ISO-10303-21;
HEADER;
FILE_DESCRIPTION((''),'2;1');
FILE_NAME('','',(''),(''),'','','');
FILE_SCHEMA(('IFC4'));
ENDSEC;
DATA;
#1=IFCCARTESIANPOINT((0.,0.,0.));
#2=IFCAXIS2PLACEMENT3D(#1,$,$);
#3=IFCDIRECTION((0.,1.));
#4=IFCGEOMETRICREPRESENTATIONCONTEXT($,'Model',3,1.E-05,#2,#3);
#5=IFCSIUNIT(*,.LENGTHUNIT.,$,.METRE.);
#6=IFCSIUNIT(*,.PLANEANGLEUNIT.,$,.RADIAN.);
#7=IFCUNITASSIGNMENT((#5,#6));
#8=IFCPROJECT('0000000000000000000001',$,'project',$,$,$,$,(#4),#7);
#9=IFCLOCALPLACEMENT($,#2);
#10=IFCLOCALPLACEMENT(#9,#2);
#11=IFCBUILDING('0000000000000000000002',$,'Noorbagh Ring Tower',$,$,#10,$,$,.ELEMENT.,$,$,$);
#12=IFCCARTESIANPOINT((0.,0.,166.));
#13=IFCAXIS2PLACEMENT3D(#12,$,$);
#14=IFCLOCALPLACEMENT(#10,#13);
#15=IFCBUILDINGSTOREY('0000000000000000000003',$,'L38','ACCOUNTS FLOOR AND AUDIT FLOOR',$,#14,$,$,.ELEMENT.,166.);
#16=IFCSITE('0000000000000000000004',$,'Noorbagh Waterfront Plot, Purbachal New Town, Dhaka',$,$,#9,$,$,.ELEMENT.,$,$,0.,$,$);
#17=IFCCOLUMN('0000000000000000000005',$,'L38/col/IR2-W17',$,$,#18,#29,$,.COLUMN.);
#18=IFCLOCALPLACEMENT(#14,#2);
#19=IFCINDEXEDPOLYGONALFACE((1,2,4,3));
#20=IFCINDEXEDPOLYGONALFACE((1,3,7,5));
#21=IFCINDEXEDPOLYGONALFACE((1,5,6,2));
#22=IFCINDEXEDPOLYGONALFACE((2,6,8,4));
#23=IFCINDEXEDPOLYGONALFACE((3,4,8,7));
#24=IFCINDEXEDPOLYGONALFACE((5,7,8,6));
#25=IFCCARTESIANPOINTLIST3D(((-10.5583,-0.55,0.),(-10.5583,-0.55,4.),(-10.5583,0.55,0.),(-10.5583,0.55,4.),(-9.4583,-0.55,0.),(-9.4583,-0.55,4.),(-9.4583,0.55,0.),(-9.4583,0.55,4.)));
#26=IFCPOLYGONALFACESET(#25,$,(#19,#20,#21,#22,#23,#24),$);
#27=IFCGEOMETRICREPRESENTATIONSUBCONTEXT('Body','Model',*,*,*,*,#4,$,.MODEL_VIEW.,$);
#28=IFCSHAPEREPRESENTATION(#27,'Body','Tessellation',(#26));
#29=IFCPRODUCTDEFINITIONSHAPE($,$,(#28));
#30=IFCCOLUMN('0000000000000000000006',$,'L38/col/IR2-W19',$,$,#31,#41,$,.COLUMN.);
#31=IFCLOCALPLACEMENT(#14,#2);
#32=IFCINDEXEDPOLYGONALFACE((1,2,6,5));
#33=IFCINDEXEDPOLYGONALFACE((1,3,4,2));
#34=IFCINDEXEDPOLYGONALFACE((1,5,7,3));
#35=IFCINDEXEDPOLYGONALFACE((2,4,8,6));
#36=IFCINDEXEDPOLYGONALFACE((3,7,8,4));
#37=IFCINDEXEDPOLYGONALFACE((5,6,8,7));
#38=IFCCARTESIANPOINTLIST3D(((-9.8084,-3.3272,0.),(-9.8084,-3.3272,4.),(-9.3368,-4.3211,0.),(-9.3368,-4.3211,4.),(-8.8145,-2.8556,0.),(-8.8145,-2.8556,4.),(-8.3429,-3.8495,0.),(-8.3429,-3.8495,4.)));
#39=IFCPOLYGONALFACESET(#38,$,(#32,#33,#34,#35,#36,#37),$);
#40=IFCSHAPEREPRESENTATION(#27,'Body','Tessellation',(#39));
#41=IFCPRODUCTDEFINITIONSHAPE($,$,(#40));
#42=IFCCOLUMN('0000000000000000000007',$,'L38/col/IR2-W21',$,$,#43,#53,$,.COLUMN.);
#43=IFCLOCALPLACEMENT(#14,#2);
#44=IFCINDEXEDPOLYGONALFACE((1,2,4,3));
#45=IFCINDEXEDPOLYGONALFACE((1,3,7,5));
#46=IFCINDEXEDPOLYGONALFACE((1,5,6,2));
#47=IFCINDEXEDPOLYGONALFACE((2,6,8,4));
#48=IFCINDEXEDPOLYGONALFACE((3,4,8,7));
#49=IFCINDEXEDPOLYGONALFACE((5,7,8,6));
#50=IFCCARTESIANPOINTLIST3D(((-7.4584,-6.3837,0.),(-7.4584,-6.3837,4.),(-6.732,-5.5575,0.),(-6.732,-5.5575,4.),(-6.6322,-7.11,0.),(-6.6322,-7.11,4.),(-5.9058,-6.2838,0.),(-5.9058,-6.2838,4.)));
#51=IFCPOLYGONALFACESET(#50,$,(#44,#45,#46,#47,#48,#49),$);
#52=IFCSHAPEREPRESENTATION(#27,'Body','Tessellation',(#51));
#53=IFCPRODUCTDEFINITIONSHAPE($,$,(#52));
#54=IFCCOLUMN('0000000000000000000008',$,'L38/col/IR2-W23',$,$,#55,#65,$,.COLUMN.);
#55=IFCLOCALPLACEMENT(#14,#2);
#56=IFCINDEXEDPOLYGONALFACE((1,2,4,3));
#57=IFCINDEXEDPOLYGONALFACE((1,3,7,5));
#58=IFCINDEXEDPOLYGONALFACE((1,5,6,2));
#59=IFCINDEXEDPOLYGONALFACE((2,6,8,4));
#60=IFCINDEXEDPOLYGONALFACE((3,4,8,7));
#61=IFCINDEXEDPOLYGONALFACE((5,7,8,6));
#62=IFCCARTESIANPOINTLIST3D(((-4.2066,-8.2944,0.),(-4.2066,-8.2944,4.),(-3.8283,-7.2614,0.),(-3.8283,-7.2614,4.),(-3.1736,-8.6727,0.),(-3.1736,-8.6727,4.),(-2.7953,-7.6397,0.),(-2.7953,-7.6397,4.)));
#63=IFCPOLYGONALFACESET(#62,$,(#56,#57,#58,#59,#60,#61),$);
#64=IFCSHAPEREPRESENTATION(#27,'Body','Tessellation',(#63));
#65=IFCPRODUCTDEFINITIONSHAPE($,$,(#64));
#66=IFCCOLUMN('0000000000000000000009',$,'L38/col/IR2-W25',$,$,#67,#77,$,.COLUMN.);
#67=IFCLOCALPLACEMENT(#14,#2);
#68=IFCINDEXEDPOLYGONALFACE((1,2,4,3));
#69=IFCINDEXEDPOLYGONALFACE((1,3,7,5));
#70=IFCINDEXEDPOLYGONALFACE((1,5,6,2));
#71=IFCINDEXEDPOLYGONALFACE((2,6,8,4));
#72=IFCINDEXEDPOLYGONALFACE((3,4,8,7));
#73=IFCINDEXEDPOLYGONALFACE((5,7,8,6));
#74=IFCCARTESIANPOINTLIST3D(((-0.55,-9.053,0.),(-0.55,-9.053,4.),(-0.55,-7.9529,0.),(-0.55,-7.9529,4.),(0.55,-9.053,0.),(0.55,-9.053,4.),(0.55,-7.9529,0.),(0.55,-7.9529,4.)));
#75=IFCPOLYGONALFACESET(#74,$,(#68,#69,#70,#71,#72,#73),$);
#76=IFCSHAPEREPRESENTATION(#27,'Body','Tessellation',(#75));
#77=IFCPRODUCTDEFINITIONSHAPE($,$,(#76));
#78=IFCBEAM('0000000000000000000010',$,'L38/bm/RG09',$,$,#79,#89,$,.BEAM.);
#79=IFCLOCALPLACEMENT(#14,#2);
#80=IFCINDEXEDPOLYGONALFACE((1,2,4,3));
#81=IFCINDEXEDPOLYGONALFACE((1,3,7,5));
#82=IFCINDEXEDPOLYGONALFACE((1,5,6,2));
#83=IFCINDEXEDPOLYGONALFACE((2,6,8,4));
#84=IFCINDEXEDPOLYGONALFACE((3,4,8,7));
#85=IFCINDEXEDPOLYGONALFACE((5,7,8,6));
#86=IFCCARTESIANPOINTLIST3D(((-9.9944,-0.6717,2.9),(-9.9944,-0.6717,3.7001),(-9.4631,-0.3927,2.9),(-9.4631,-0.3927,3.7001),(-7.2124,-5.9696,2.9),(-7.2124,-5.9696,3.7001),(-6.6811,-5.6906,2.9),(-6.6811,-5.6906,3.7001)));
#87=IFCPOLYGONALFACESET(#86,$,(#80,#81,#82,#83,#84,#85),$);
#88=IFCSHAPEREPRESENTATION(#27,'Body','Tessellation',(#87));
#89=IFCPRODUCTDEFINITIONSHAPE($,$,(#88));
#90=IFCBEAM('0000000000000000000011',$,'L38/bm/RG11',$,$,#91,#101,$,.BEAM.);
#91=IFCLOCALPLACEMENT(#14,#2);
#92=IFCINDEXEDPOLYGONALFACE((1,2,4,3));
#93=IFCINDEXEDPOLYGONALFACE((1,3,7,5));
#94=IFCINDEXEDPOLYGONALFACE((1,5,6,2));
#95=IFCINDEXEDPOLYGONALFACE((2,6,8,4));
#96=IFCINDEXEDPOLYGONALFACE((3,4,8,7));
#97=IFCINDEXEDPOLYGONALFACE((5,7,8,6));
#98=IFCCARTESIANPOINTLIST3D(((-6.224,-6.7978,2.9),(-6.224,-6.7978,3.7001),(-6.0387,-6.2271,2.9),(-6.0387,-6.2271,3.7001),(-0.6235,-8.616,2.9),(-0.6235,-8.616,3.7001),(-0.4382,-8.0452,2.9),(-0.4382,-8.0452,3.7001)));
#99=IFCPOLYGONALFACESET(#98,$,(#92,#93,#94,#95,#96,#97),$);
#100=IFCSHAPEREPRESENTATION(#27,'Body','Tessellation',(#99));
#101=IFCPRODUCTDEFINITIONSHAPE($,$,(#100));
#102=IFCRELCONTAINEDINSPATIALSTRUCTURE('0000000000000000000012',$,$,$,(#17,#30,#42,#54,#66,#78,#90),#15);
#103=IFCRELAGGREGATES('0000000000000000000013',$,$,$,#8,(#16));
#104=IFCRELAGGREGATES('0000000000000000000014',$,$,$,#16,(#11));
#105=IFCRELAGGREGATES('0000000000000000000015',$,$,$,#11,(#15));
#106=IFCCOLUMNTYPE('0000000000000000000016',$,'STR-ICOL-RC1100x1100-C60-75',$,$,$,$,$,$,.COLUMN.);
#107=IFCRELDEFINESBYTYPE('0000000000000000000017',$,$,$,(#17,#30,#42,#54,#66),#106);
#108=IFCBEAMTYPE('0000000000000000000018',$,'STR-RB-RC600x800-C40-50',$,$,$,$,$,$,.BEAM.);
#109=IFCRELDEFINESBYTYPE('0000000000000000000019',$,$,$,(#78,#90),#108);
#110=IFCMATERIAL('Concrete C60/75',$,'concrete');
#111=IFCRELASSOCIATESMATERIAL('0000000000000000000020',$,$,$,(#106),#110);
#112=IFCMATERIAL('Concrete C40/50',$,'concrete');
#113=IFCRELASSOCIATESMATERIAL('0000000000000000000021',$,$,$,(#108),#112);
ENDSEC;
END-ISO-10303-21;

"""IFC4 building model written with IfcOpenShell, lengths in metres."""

from ifc_helpers import new_model, si_unit, direction, frame, origin, origin_2d, place, context, subcontext, project, spatial, rectangle, extrude, material, material_profile, profile_set, type_object, element, save


model = new_model("IFC4")

# Units and contexts
model_context = context("Model", 3, precision=1e-05, world=origin(), true_north=direction((0.0, 1.0)))
body_context = subcontext(model_context, "Body", "Model", "MODEL_VIEW")
ifc_project = project(units=[si_unit("LENGTHUNIT", "METRE"), si_unit("PLANEANGLEUNIT", "RADIAN")], contexts=[model_context])

# Site, building, storey
site_placement = place(None, origin())
site = spatial("IfcSite", under=ifc_project, at=site_placement, Name="Noorbagh Waterfront Plot, Purbachal New Town, Dhaka", CompositionType="ELEMENT", RefElevation=0.0)
building_placement = place(site_placement, origin())
building = spatial("IfcBuilding", under=site, at=building_placement, Name="Noorbagh Ring Tower", CompositionType="ELEMENT")
storey_placement = place(building_placement, frame((0.0, 0.0, 166.0)))
storey = spatial("IfcBuildingStorey", under=building, at=storey_placement, Name="L38", Description="ACCOUNTS FLOOR AND AUDIT FLOOR", CompositionType="ELEMENT", Elevation=166.0)

# Columns
ifc_material_1 = material(Name="Concrete C60/75", Category="concrete")
ifc_material_profile_1 = material_profile(ifc_material_1, rectangle(XDim=1.1001, YDim=1.1001, at=origin_2d()), Name="RC1100x1100")
ifc_profile_set_1 = profile_set([ifc_material_profile_1], Name="Concrete C60/75")
column_type = type_object("IfcColumnType", Name="STR-ICOL-RC1100x1100-C60-75", PredefinedType="COLUMN", material=ifc_profile_set_1)
for number, where, z_axis, x_axis, name in (
    (1, (-10.0083, 0.0, 0.0), (0.0, 0.0, 1.0), (0.0, -1.0, 0.0), "L38/col/IR2-W17"),
    (2, (-9.0757, -3.5884, 0.0), (0.0, 0.0, 1.0), (0.428667, -0.903463, 0.0), "L38/col/IR2-W19"),
    (3, (-6.6821, -6.3337, 0.0), (0.0, 0.0, 1.0), (0.751022, -0.660277, 0.0), "L38/col/IR2-W21"),
    (4, (-3.501, -7.967, 0.0), (0.0, 0.0, 1.0), (0.93902, -0.343864, 0.0), "L38/col/IR2-W23"),
    (5, (0.0, -8.5029, 0.0), (0.0, 0.0, 1.0), (1.0, 0.0, 0.0), "L38/col/IR2-W25"),
):
    element("IfcColumn", number, at=place(storey_placement, frame(where, z_axis=z_axis, x_axis=x_axis)), inside=storey, type_object=column_type, Name=name, PredefinedType="COLUMN", context=body_context, shape_type="SweptSolid", body=[
        extrude(rectangle(XDim=1.1001, YDim=1.1001, at=origin_2d()), origin(), (0.0, 0.0, 1.0), 4.0),
    ])

# Beams
ifc_material_2 = material(Name="Concrete C40/50", Category="concrete")
ifc_material_profile_2 = material_profile(ifc_material_2, rectangle(XDim=0.6001, YDim=0.8, at=origin_2d()), Name="RC600x800")
ifc_profile_set_2 = profile_set([ifc_material_profile_2], Name="Concrete C40/50")
beam_type = type_object("IfcBeamType", Name="STR-RB-RC600x800-C40-50", PredefinedType="BEAM", material=ifc_profile_set_2)
beam_1_placement = place(storey_placement, frame((-9.7288, -0.5322, 3.3), z_axis=(0.464914, -0.885356, 0.0), x_axis=(0.885356, 0.464914, 0.0)))
element("IfcBeam", 6, at=beam_1_placement, inside=storey, type_object=beam_type, Name="L38/bm/RG09", PredefinedType="BEAM", context=body_context, shape_type="SweptSolid", body=[
    extrude(rectangle(XDim=0.6001, YDim=0.8, at=origin_2d()), origin(), (0.0, 0.0, 1.0), 5.9839),
])
beam_2_placement = place(storey_placement, frame((-6.1313, -6.5125, 3.3), z_axis=(0.951134, -0.308779, 0.0), x_axis=(0.308779, 0.951134, 0.0)))
element("IfcBeam", 7, at=beam_2_placement, inside=storey, type_object=beam_type, Name="L38/bm/RG11", PredefinedType="BEAM", context=body_context, shape_type="SweptSolid", body=[
    extrude(rectangle(XDim=0.6001, YDim=0.8, at=origin_2d()), origin(), (0.0, 0.0, 1.0), 5.8882),
])

save(model, "model.ifc")
